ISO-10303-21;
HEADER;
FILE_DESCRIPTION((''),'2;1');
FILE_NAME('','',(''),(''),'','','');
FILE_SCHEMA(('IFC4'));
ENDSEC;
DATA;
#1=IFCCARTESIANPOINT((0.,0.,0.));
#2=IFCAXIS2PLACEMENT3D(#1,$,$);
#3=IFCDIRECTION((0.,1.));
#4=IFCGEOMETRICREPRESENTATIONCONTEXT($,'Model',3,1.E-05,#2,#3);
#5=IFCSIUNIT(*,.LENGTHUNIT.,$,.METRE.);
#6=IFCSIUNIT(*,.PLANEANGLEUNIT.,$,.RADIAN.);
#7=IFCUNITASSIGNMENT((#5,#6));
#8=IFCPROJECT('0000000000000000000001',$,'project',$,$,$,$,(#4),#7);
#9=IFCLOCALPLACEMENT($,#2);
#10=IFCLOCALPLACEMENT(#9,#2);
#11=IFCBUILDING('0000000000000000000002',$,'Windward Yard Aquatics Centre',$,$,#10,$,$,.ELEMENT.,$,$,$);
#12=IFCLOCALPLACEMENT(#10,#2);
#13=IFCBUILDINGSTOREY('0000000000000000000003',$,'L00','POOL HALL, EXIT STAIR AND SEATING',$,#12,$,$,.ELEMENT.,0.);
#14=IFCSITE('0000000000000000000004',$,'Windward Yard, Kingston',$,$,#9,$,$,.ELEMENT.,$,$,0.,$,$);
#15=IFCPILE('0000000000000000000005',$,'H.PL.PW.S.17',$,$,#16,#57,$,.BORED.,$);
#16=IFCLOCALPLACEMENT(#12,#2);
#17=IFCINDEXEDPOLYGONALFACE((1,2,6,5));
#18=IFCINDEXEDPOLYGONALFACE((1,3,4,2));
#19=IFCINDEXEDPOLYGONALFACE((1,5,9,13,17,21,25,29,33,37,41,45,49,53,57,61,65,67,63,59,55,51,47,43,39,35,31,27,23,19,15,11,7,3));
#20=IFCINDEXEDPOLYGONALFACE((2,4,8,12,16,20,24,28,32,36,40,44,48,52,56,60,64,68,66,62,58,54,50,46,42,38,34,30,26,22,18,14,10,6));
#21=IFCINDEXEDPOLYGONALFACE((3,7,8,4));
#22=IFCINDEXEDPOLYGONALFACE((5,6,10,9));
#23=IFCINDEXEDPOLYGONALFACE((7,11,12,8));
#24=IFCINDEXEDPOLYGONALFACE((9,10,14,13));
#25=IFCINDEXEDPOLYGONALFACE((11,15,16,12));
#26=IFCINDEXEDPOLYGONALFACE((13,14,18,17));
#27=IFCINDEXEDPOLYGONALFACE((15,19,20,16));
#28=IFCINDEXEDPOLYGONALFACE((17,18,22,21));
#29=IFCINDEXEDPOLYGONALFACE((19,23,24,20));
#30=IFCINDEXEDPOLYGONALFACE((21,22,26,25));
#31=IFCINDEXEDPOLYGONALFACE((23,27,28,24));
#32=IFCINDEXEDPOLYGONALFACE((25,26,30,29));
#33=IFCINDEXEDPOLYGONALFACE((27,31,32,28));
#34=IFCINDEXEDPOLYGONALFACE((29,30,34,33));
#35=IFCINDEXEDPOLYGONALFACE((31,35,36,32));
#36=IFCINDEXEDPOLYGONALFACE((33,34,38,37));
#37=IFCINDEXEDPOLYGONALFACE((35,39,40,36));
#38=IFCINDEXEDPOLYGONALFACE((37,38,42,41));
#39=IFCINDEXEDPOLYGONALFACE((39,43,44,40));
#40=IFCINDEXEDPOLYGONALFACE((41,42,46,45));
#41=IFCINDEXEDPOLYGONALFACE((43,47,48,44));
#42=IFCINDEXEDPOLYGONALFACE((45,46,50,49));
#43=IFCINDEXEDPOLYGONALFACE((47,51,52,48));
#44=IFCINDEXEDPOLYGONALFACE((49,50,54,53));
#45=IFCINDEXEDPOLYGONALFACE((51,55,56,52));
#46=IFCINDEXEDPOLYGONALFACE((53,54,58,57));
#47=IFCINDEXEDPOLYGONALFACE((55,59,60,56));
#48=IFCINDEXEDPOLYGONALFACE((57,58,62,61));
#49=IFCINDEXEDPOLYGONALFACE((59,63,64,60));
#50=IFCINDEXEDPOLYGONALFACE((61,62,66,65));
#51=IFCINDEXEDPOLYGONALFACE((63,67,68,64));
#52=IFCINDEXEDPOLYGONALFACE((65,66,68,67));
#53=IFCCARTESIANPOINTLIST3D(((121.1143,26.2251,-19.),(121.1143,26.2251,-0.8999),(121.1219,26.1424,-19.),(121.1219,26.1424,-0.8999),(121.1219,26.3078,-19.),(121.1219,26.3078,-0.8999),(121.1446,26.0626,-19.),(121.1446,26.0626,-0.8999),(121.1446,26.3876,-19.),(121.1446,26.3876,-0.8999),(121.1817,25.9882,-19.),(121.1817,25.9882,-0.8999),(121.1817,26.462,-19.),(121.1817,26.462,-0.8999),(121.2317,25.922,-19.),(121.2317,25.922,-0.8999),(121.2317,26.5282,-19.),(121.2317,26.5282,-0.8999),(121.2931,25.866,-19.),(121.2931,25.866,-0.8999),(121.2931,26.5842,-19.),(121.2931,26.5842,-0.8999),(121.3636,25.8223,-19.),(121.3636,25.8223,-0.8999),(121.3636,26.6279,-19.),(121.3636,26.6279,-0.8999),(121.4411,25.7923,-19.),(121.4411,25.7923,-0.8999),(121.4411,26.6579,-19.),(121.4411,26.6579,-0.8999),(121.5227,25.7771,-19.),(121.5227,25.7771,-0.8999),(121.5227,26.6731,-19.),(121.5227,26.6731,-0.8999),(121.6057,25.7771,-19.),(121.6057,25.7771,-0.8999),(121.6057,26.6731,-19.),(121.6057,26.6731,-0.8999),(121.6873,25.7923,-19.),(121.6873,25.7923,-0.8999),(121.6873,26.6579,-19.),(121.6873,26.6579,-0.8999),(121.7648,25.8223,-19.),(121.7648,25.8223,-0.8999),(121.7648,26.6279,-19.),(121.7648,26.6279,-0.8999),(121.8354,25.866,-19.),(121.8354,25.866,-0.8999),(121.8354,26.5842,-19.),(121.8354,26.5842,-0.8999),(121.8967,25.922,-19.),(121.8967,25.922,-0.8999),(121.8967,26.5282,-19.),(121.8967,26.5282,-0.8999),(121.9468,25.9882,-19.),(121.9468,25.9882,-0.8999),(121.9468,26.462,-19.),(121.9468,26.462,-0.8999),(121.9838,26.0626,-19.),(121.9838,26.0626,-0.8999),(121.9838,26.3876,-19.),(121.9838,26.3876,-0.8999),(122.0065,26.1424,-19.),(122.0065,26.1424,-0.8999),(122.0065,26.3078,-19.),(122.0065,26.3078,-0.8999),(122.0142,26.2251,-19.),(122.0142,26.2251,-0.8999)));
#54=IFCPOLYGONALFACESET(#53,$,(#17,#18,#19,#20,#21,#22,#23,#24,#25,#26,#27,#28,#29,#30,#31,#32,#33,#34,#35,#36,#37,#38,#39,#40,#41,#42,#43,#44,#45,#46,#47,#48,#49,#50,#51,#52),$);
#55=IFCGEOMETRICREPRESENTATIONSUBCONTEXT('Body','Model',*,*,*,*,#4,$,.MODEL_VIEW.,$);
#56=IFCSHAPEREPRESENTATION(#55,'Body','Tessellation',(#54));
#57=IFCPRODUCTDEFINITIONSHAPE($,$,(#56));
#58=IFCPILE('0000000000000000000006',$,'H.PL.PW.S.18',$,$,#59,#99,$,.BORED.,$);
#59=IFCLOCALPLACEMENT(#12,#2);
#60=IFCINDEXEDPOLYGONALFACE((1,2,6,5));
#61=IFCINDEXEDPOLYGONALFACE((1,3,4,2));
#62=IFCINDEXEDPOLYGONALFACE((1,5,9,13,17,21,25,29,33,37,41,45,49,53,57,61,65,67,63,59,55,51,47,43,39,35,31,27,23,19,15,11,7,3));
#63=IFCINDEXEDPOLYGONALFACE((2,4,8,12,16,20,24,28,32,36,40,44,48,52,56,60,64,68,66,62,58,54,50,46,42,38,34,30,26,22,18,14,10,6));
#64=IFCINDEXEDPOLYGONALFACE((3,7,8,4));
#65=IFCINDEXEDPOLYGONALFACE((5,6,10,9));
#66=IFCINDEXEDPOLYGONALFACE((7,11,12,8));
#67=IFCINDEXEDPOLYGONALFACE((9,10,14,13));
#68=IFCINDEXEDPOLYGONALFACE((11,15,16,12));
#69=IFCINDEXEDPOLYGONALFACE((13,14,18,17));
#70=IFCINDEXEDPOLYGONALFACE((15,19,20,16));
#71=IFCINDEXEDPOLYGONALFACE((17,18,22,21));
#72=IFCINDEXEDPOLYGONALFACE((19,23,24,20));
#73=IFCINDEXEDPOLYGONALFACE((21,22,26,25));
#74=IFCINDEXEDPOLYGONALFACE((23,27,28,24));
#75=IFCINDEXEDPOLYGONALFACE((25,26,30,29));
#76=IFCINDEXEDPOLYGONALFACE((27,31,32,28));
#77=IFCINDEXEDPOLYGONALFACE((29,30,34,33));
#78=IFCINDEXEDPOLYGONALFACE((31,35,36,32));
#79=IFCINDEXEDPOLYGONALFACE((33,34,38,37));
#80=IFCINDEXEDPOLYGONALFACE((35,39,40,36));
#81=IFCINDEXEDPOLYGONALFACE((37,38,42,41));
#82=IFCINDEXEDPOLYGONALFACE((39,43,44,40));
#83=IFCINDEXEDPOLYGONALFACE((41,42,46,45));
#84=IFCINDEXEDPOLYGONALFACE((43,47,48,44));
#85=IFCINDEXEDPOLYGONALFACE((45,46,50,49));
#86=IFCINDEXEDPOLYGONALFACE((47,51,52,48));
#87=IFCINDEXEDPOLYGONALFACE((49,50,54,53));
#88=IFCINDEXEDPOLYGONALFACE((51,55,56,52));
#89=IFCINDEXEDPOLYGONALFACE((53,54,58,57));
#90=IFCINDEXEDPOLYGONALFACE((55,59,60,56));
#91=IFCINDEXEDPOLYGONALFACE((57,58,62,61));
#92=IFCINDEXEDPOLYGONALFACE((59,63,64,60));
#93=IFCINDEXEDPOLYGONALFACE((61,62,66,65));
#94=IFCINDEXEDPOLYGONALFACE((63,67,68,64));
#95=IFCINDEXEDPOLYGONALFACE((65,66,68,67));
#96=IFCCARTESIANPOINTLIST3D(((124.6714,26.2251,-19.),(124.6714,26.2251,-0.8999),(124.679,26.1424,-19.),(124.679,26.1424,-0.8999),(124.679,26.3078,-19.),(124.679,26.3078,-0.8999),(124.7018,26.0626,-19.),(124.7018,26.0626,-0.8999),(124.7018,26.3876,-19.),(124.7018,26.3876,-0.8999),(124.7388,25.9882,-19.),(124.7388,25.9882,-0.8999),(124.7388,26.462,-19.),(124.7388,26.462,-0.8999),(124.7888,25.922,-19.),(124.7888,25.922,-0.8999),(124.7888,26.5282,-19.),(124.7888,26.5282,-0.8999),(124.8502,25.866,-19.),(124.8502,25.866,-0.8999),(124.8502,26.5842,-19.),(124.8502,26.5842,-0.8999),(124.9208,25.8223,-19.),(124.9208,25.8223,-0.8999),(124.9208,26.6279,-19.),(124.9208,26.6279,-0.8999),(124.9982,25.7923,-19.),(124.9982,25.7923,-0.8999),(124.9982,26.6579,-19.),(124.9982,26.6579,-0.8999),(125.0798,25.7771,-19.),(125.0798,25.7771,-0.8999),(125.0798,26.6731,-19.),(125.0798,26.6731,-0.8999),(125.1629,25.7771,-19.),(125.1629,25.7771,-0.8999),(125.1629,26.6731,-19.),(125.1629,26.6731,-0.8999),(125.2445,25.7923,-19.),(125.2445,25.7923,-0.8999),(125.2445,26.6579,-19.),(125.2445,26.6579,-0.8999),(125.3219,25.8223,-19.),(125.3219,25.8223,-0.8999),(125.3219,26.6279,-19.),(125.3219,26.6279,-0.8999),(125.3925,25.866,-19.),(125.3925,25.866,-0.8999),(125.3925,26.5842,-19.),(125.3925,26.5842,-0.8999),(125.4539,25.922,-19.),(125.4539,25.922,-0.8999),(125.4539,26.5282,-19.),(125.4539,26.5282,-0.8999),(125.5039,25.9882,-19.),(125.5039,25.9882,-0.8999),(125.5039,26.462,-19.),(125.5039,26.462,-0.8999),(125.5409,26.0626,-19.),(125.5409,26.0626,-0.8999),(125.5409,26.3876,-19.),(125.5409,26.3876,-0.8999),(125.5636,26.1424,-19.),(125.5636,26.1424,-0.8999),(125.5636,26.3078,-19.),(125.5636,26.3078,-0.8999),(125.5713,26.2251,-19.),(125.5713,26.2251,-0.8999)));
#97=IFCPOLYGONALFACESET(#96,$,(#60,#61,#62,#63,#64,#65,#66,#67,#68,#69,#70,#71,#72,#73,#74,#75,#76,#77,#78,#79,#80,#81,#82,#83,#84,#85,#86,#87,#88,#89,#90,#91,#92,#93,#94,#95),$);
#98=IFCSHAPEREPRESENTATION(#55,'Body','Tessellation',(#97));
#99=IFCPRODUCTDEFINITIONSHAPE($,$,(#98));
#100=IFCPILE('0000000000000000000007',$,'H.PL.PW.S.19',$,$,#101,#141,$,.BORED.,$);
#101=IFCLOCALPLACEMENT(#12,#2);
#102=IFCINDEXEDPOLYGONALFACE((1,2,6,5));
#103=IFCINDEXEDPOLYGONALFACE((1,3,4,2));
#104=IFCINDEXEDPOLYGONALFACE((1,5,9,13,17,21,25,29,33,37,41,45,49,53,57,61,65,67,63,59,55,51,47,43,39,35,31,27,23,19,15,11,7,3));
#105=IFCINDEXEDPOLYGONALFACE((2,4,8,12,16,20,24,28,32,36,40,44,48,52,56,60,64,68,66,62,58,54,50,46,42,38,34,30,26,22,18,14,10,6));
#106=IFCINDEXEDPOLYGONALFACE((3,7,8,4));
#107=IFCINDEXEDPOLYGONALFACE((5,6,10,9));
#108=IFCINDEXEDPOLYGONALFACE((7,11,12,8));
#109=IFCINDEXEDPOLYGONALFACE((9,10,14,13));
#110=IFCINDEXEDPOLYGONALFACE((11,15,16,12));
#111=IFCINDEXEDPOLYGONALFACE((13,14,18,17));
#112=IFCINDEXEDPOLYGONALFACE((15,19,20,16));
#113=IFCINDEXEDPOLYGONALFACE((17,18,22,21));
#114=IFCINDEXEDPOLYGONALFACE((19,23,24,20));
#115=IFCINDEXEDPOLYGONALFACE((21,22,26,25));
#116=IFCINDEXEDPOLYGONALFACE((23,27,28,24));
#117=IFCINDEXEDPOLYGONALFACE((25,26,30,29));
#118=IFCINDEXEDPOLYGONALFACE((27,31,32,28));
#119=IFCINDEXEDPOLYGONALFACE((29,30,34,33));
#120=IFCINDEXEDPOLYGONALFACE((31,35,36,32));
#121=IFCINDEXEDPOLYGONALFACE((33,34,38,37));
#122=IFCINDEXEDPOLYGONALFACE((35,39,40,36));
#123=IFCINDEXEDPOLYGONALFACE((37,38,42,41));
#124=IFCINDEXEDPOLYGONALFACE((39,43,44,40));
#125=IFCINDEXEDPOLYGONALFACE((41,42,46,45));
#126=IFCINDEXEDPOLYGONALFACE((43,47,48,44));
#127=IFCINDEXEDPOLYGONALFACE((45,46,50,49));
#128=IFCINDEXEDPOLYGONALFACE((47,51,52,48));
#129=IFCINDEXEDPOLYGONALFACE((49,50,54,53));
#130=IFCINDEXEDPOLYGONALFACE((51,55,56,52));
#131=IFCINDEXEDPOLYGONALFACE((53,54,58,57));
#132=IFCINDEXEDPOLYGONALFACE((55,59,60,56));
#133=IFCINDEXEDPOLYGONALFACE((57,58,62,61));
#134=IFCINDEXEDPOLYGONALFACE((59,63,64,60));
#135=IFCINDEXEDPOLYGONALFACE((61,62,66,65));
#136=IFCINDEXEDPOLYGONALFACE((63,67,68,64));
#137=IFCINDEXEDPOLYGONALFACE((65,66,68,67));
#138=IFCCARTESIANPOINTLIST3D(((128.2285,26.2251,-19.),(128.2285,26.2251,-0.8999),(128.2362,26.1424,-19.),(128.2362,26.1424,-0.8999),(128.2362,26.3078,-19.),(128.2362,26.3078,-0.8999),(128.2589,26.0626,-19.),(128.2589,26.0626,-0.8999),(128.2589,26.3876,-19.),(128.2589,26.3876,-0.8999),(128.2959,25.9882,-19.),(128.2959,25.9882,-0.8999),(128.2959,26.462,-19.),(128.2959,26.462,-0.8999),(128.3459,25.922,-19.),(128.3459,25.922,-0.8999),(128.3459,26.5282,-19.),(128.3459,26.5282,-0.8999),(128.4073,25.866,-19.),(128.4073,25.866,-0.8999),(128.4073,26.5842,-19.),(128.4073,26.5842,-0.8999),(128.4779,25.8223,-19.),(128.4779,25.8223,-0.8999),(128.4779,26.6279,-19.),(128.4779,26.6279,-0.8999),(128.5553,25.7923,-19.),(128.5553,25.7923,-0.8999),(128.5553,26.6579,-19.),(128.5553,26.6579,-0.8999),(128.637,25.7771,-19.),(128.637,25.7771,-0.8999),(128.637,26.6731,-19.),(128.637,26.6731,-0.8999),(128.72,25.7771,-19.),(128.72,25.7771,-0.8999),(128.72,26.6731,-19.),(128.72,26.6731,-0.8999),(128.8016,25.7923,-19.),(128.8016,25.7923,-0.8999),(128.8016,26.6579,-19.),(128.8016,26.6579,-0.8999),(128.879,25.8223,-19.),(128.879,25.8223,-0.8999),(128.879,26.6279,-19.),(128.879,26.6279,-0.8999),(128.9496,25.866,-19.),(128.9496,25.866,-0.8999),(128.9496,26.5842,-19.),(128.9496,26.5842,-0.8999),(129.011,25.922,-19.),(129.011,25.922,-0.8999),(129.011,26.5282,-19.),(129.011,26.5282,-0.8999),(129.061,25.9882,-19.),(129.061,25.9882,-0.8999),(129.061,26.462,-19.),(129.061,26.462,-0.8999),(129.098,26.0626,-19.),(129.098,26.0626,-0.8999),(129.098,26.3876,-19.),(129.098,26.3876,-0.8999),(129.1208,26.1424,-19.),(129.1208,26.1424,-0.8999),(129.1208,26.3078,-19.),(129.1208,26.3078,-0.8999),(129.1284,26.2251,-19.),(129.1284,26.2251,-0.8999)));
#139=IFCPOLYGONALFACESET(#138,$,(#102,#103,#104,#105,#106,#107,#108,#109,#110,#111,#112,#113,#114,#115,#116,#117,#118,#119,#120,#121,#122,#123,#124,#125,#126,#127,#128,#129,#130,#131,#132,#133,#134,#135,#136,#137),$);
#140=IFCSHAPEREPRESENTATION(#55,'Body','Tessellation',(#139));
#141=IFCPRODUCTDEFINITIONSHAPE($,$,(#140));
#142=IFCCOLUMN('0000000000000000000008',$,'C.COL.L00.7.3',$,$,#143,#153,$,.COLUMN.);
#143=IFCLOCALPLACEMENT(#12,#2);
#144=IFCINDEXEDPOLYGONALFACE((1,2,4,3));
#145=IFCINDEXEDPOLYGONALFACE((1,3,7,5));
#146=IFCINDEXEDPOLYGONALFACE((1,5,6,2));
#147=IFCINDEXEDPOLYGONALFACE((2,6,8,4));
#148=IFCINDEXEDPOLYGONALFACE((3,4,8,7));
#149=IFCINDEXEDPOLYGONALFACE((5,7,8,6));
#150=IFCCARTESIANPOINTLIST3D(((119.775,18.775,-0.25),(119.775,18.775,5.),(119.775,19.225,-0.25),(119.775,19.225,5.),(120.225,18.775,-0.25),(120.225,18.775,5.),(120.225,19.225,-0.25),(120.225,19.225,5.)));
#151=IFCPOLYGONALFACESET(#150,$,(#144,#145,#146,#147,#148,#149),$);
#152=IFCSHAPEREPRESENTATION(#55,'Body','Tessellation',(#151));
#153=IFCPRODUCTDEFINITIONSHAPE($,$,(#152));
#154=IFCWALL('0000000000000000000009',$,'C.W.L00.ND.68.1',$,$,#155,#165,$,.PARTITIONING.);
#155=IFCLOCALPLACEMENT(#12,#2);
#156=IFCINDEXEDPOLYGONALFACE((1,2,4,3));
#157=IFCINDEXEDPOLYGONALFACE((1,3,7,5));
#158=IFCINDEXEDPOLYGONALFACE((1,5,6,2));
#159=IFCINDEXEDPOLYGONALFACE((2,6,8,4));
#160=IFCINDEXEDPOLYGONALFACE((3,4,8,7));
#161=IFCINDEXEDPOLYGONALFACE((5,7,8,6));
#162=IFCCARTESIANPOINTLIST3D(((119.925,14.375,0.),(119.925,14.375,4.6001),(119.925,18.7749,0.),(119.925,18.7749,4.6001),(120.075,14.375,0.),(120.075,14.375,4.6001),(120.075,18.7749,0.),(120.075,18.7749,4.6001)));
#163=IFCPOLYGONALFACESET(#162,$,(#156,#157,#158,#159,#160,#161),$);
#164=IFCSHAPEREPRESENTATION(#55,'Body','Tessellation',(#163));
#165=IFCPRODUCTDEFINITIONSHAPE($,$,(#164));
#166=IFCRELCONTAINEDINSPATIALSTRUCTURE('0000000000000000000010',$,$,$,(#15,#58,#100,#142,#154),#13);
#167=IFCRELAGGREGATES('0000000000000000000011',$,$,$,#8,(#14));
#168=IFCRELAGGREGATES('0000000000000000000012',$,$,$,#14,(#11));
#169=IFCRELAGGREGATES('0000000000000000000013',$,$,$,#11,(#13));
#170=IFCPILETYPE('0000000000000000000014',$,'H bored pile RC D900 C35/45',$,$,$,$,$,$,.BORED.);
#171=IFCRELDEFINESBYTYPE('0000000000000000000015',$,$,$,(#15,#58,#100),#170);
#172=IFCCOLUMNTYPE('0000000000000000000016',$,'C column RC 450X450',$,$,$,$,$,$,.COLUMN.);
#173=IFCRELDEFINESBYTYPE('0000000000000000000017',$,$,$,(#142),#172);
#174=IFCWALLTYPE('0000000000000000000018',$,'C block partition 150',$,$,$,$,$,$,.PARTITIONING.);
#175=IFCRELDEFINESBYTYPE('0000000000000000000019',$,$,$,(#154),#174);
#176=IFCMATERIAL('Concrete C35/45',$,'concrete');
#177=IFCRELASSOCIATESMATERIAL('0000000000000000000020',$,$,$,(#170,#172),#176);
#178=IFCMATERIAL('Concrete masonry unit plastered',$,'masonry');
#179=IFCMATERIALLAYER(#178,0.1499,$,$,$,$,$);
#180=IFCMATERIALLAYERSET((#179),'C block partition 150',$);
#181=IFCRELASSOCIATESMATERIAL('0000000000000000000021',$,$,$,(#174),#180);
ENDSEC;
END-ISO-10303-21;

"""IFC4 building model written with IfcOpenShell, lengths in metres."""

from ifc_helpers import new_model, si_unit, direction, frame, frame_2d, origin, origin_2d, place, context, subcontext, project, spatial, rectangle, circle, extrude, material, layer, layer_set, material_profile, profile_set, type_object, element, save


model = new_model("IFC4")

# Units and contexts
model_context = context("Model", 3, precision=1e-05, world=origin(), true_north=direction((0.0, 1.0)))
body_context = subcontext(model_context, "Body", "Model", "MODEL_VIEW")
ifc_project = project(units=[si_unit("LENGTHUNIT", "METRE"), si_unit("PLANEANGLEUNIT", "RADIAN")], contexts=[model_context])

# Site, building, storey
site_placement = place(None, origin())
site = spatial("IfcSite", under=ifc_project, at=site_placement, Name="Windward Yard, Kingston", CompositionType="ELEMENT", RefElevation=0.0)
building_placement = place(site_placement, origin())
building = spatial("IfcBuilding", under=site, at=building_placement, Name="Windward Yard Aquatics Centre", CompositionType="ELEMENT")
storey_placement = place(building_placement, origin())
storey = spatial("IfcBuildingStorey", under=building, at=storey_placement, Name="L00", Description="POOL HALL, EXIT STAIR AND SEATING", CompositionType="ELEMENT", Elevation=0.0)

# Shared definitions
ifc_material_1 = material(Name="Concrete C35/45", Category="concrete")

# Piles
ifc_material_profile_1 = material_profile(ifc_material_1, circle(Radius=0.45, at=origin_2d()), Name="RC D900")
ifc_profile_set_1 = profile_set([ifc_material_profile_1], Name="Concrete C35/45")
pile_type_1 = type_object("IfcPileType", Name="H bored pile RC D900 C35/45", PredefinedType="BORED", material=ifc_profile_set_1)
for number, where, z_axis, x_axis, name in (
    (1, (121.5642, 26.2251, -0.8999), (0.0, 0.0, -1.0), (1.0, 0.0, 0.0), "H.PL.PW.S.17"),
    (2, (125.1213, 26.2251, -0.8999), (0.0, 0.0, -1.0), (1.0, 0.0, 0.0), "H.PL.PW.S.18"),
    (3, (128.6785, 26.2251, -0.8999), (0.0, 0.0, -1.0), (1.0, 0.0, 0.0), "H.PL.PW.S.19"),
):
    element("IfcPile", number, at=place(storey_placement, frame(where, z_axis=z_axis, x_axis=x_axis)), inside=storey, type_object=pile_type_1, Name=name, PredefinedType="BORED", context=body_context, shape_type="SweptSolid", body=[
        extrude(circle(Radius=0.45, at=origin_2d()), origin(), (0.0, 0.0, 1.0), 18.1001),
    ])

# Column
ifc_material_profile_2 = material_profile(ifc_material_1, rectangle(XDim=0.45, YDim=0.45, at=origin_2d()), Name="RC 450X450")
ifc_profile_set_2 = profile_set([ifc_material_profile_2], Name="Concrete C35/45")
column_type = type_object("IfcColumnType", Name="C column RC 450X450", PredefinedType="COLUMN", material=ifc_profile_set_2)
column_placement = place(storey_placement, frame((120.0, 19.0, -0.25), z_axis=(0.0, 0.0, 1.0), x_axis=(1.0, 0.0, 0.0)))
element("IfcColumn", 4, at=column_placement, inside=storey, type_object=column_type, Name="C.COL.L00.7.3", PredefinedType="COLUMN", context=body_context, shape_type="SweptSolid", body=[
    extrude(rectangle(XDim=0.45, YDim=0.45, at=origin_2d()), origin(), (0.0, 0.0, 1.0), 5.25),
])

# Wall
ifc_material_2 = material(Name="Concrete masonry unit plastered", Category="masonry")
ifc_layer_1 = layer(ifc_material_2, 0.1499)
ifc_layer_set_1 = layer_set([ifc_layer_1], Name="C block partition 150")
wall_type_1 = type_object("IfcWallType", Name="C block partition 150", PredefinedType="PARTITIONING", material=ifc_layer_set_1)
wall_1_placement = place(storey_placement, frame((120.0, 14.375, 0.0), z_axis=(0.0, 0.0, 1.0), x_axis=(0.0, 1.0, 0.0)))
element("IfcWall", 5, at=wall_1_placement, inside=storey, type_object=wall_type_1, Name="C.W.L00.ND.68.1", PredefinedType="PARTITIONING", context=body_context, shape_type="SweptSolid", body=[
    extrude(rectangle(XDim=4.3999, YDim=0.1499, at=frame_2d((2.2, 0.0))), origin(), (0.0, 0.0, 1.0), 4.6001),
])

save(model, "model.ifc")
